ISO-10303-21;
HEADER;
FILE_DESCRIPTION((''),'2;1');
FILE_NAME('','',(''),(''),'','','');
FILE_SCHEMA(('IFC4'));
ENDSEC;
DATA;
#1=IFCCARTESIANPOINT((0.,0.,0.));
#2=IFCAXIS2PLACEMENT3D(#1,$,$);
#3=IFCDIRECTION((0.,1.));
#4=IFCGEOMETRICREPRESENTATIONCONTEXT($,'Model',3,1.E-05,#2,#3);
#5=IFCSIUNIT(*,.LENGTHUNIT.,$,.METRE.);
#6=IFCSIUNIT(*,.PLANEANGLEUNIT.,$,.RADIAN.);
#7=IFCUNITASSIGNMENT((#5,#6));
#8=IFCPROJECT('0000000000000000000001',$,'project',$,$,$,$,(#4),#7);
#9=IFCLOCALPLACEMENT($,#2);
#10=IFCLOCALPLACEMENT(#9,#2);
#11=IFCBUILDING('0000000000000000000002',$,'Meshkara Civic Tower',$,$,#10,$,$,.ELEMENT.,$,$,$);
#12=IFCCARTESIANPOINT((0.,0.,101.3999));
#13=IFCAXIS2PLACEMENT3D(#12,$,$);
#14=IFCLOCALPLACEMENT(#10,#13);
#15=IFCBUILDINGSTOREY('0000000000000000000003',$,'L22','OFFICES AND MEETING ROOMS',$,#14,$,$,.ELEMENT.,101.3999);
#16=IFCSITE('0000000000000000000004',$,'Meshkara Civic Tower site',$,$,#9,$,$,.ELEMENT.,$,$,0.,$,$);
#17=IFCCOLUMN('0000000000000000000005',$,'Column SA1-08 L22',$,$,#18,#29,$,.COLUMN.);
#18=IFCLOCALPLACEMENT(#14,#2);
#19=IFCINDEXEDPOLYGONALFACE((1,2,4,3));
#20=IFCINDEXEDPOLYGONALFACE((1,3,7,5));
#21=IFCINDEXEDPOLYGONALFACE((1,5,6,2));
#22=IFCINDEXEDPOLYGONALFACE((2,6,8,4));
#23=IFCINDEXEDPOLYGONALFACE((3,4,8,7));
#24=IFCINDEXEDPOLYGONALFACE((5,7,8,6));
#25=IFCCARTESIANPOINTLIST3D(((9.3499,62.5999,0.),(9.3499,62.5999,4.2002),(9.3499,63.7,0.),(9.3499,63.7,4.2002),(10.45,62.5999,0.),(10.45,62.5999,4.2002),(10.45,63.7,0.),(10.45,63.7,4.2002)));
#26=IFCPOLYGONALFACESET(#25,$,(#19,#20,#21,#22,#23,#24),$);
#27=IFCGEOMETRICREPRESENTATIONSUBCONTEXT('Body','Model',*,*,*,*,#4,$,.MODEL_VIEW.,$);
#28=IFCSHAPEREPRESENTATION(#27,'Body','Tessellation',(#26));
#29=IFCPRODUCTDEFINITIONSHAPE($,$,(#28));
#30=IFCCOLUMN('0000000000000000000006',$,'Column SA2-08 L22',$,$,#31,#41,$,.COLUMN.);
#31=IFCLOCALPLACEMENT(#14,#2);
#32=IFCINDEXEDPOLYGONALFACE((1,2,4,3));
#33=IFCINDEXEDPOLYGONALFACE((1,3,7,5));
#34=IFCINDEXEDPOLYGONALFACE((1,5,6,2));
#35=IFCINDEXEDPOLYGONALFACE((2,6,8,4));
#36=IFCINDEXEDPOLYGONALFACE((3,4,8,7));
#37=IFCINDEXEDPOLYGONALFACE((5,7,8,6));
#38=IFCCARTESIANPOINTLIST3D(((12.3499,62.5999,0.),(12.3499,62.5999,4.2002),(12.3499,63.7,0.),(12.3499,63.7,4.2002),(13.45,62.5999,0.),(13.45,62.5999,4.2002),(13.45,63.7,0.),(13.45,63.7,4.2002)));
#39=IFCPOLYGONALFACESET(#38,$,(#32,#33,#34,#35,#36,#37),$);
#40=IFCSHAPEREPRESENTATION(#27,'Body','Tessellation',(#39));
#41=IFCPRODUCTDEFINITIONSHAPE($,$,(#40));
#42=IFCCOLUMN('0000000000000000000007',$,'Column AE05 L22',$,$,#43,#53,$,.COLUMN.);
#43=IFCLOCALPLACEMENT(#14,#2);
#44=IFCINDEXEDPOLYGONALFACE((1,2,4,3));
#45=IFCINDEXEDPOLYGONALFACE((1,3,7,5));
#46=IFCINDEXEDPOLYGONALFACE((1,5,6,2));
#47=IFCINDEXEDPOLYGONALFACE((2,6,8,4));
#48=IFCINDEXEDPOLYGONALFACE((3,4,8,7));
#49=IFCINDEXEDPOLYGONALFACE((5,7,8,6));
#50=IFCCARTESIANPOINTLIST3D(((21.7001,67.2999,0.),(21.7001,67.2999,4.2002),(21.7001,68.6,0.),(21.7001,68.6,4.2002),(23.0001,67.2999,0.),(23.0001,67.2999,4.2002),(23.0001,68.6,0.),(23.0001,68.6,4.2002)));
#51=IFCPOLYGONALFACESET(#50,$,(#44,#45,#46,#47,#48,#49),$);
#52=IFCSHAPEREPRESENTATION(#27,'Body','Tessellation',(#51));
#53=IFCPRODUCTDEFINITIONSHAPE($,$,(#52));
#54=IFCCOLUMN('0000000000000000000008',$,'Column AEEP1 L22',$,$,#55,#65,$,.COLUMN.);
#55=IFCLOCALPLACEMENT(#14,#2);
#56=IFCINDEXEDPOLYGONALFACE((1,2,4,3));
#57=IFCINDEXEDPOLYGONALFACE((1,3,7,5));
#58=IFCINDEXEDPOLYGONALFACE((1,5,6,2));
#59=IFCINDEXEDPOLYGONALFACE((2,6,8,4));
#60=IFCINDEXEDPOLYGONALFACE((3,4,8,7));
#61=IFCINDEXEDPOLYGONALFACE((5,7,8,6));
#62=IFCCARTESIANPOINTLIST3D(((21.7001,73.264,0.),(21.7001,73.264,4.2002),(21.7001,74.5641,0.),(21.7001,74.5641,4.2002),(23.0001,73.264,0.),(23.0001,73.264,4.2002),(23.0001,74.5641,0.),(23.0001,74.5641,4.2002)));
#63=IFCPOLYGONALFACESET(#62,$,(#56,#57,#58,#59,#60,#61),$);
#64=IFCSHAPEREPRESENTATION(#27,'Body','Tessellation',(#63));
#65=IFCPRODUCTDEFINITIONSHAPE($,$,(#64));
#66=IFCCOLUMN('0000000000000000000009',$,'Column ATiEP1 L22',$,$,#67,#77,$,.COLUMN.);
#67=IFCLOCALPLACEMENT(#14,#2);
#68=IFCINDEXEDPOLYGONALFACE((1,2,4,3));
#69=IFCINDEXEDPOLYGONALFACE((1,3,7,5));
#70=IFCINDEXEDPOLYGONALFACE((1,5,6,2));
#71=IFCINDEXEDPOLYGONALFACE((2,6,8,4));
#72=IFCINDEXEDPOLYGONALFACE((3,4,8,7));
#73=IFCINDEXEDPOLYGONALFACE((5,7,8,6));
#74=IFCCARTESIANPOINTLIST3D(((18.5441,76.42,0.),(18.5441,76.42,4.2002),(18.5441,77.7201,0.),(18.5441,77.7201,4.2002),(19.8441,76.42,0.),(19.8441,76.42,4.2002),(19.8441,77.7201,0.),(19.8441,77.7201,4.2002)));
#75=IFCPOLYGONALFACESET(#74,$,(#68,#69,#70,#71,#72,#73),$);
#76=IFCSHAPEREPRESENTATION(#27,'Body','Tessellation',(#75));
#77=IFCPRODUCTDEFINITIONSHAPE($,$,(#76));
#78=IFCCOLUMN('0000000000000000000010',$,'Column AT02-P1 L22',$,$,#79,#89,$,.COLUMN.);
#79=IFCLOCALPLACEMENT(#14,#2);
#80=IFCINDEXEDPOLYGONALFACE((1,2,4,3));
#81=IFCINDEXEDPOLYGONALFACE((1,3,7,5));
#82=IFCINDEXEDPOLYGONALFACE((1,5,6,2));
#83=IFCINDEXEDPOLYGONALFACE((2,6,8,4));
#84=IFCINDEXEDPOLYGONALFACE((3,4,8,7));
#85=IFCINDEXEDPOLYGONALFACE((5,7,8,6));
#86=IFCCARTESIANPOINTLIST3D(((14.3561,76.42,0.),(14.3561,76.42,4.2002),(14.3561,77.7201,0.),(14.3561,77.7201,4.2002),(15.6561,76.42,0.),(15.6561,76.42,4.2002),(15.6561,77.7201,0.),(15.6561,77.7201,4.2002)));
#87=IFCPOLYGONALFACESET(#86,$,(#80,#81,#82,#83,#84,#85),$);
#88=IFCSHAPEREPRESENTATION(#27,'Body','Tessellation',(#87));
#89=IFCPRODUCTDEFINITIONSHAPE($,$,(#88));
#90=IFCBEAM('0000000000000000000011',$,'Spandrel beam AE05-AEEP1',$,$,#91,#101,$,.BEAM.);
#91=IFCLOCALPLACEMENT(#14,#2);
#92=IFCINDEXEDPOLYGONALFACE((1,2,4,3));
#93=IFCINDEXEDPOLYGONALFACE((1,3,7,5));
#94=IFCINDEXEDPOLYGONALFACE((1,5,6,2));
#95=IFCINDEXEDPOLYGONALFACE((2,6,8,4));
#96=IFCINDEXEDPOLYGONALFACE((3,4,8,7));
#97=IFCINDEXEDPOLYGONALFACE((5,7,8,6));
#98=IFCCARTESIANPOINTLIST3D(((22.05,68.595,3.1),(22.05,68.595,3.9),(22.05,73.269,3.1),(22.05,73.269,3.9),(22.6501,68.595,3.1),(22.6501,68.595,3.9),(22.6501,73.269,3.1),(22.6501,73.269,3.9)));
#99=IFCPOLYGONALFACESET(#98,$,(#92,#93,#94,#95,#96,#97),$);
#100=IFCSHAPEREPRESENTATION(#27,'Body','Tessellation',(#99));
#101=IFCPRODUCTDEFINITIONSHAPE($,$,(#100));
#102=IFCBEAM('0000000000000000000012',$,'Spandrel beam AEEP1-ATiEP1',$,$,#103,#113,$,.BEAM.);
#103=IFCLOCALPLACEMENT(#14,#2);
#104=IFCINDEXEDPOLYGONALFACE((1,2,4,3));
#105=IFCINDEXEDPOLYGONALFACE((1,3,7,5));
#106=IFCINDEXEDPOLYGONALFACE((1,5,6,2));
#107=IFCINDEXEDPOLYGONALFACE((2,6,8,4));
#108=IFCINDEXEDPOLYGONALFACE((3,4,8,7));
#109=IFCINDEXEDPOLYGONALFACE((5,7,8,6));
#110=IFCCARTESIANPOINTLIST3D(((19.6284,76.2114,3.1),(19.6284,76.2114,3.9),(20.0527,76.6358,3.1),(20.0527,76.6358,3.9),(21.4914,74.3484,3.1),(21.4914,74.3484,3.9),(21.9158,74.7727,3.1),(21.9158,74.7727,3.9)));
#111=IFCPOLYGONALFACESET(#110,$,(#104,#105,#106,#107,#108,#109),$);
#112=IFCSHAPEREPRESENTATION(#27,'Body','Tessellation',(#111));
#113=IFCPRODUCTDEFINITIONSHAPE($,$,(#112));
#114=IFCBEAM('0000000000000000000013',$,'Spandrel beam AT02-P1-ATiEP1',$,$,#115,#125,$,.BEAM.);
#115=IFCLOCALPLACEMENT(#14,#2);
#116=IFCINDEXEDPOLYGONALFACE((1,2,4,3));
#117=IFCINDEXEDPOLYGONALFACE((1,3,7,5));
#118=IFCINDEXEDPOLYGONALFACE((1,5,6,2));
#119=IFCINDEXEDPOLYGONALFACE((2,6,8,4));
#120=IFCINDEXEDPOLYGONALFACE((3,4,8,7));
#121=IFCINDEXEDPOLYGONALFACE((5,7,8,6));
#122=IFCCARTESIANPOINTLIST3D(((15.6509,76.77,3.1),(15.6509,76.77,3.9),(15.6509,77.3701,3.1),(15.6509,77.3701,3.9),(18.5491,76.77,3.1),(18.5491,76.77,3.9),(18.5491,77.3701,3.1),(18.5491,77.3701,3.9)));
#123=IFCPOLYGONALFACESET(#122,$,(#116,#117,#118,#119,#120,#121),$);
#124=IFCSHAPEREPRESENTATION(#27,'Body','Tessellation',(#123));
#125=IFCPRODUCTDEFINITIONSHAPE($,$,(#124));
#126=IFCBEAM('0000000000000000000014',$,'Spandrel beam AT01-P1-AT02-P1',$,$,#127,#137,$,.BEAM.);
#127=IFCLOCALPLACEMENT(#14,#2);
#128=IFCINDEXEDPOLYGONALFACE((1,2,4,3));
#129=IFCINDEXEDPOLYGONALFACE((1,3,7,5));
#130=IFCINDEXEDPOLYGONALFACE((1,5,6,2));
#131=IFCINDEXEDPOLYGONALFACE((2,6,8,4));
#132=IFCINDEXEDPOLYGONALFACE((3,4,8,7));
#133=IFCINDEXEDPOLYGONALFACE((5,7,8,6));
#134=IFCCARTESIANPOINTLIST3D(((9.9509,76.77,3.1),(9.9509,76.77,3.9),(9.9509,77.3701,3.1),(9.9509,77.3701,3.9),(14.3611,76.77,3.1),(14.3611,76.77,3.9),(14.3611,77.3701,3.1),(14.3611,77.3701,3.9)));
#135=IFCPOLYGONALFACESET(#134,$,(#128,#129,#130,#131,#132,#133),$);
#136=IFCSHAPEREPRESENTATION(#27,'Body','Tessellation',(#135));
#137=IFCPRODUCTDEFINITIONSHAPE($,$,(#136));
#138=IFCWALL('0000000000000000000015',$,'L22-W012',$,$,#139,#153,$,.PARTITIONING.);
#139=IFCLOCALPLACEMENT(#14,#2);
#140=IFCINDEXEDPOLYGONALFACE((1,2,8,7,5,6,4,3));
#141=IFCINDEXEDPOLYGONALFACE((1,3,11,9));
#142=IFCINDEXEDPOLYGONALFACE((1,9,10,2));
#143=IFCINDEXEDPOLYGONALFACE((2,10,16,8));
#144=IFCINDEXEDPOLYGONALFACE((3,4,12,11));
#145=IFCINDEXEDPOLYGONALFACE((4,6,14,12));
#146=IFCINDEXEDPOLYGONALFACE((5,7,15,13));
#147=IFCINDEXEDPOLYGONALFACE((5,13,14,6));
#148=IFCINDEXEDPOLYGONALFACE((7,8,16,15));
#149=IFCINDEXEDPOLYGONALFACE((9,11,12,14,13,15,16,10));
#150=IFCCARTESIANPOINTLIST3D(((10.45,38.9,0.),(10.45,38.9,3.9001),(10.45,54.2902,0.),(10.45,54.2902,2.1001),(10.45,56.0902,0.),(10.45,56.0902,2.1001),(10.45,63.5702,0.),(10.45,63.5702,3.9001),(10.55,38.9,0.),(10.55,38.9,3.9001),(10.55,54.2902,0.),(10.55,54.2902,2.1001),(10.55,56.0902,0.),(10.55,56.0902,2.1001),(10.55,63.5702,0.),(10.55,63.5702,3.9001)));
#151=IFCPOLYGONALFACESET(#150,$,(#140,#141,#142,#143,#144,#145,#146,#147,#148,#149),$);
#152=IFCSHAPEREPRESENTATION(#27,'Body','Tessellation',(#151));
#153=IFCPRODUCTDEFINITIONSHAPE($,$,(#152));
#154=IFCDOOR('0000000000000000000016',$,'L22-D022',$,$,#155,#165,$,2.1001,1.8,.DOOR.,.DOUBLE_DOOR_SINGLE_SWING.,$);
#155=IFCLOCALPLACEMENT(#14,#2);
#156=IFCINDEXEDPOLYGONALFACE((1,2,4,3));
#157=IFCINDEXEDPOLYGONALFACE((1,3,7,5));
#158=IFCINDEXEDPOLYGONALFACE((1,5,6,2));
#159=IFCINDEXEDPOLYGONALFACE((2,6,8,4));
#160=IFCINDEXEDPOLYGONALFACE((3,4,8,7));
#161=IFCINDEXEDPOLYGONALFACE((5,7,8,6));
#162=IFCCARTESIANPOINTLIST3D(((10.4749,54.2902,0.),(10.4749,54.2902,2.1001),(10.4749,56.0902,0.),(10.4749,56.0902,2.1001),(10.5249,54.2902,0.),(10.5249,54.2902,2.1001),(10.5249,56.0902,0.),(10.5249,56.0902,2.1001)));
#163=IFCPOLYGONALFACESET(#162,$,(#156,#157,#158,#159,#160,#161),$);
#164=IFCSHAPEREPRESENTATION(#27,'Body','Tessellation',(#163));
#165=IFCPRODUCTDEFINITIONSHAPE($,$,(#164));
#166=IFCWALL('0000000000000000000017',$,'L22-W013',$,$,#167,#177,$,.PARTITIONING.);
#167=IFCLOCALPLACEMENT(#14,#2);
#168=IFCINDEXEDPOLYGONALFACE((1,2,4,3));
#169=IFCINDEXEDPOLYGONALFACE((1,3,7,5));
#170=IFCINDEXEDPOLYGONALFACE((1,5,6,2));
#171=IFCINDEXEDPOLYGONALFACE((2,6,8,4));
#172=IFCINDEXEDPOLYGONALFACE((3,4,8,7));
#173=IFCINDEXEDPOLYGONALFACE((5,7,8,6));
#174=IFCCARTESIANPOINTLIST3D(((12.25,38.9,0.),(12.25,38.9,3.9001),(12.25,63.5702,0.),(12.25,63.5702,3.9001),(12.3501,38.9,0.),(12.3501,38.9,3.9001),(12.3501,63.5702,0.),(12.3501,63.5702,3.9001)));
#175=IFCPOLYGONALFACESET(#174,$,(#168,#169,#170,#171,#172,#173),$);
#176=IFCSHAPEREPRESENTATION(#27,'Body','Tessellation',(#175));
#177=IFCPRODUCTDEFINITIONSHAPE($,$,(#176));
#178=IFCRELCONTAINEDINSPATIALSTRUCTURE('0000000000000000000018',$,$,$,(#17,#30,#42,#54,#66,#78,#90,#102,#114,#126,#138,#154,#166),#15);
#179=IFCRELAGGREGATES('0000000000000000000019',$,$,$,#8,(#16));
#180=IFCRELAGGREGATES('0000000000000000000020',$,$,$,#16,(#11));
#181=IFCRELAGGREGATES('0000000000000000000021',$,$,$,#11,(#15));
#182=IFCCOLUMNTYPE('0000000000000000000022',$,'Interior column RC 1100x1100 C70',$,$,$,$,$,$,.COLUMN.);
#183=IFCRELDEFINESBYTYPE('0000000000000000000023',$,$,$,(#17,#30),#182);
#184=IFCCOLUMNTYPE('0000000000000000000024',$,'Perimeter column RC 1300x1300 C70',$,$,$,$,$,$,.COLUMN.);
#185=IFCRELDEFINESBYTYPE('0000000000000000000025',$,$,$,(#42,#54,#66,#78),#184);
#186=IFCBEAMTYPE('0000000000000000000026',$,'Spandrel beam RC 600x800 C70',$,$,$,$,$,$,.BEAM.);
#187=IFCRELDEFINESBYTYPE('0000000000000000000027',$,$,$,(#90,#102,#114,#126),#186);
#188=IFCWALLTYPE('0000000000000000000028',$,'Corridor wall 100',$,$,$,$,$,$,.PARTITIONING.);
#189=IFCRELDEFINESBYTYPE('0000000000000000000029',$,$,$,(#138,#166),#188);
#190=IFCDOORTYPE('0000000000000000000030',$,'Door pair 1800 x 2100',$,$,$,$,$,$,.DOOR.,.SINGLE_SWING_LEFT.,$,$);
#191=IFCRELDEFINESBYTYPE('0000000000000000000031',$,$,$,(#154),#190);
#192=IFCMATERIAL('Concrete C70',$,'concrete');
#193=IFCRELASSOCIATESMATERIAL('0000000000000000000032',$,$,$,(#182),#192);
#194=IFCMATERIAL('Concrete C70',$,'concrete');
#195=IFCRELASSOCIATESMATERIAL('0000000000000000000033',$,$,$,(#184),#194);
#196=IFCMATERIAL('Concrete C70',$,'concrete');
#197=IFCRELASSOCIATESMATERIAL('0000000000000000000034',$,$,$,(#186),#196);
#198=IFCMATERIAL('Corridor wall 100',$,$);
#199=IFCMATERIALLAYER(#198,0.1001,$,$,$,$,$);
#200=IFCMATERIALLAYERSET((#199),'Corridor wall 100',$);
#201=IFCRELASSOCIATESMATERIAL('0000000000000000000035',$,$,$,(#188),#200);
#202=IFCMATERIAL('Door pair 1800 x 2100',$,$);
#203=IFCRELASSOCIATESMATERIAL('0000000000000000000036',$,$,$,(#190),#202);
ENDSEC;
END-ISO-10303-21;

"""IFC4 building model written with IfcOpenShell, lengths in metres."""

from ifc_helpers import new_model, si_unit, direction, frame, frame_2d, origin, origin_2d, place, context, subcontext, project, spatial, rectangle, extrude, material, layer, layer_set, material_profile, profile_set, type_object, element, fill, save


model = new_model("IFC4")

# Units and contexts
model_context = context("Model", 3, precision=1e-05, world=origin(), true_north=direction((0.0, 1.0)))
body_context = subcontext(model_context, "Body", "Model", "MODEL_VIEW")
ifc_project = project(units=[si_unit("LENGTHUNIT", "METRE"), si_unit("PLANEANGLEUNIT", "RADIAN")], contexts=[model_context])

# Site, building, storey
site_placement = place(None, origin())
site = spatial("IfcSite", under=ifc_project, at=site_placement, Name="Meshkara Civic Tower site", CompositionType="ELEMENT", RefElevation=0.0)
building_placement = place(site_placement, origin())
building = spatial("IfcBuilding", under=site, at=building_placement, Name="Meshkara Civic Tower", CompositionType="ELEMENT")
storey_placement = place(building_placement, frame((0.0, 0.0, 101.3999)))
storey = spatial("IfcBuildingStorey", under=building, at=storey_placement, Name="L22", Description="OFFICES AND MEETING ROOMS", CompositionType="ELEMENT", Elevation=101.3999)

# Columns
ifc_material_1 = material(Name="Concrete C70", Category="concrete")
ifc_material_profile_1 = material_profile(ifc_material_1, rectangle(XDim=1.1001, YDim=1.1001, at=origin_2d()))
ifc_profile_set_1 = profile_set([ifc_material_profile_1], Name="Concrete C70")
column_type_1 = type_object("IfcColumnType", Name="Interior column RC 1100x1100 C70", PredefinedType="COLUMN", material=ifc_profile_set_1)
for number, where, z_axis, x_axis, name in (
    (1, (9.8999, 63.1499, 0.0), (0.0, 0.0, 1.0), (1.0, 0.0, 0.0), "Column SA1-08 L22"),
    (2, (12.8999, 63.1499, 0.0), (0.0, 0.0, 1.0), (1.0, 0.0, 0.0), "Column SA2-08 L22"),
):
    element("IfcColumn", number, at=place(storey_placement, frame(where, z_axis=z_axis, x_axis=x_axis)), inside=storey, type_object=column_type_1, Name=name, PredefinedType="COLUMN", context=body_context, shape_type="SweptSolid", body=[
        extrude(rectangle(XDim=1.1001, YDim=1.1001, at=origin_2d()), origin(), (0.0, 0.0, 1.0), 4.2002),
    ])
ifc_material_2 = material(Name="Concrete C70", Category="concrete")
ifc_material_profile_2 = material_profile(ifc_material_2, rectangle(XDim=1.3, YDim=1.3, at=origin_2d()))
ifc_profile_set_2 = profile_set([ifc_material_profile_2], Name="Concrete C70")
column_type_2 = type_object("IfcColumnType", Name="Perimeter column RC 1300x1300 C70", PredefinedType="COLUMN", material=ifc_profile_set_2)
for number, where, z_axis, x_axis, name in (
    (3, (22.3501, 67.95, 0.0), (0.0, 0.0, 1.0), (1.0, 0.0, 0.0), "Column AE05 L22"),
    (4, (22.3501, 73.9141, 0.0), (0.0, 0.0, 1.0), (1.0, 0.0, 0.0), "Column AEEP1 L22"),
    (5, (19.1941, 77.0701, 0.0), (0.0, 0.0, 1.0), (1.0, 0.0, 0.0), "Column ATiEP1 L22"),
    (6, (15.0061, 77.0701, 0.0), (0.0, 0.0, 1.0), (1.0, 0.0, 0.0), "Column AT02-P1 L22"),
):
    element("IfcColumn", number, at=place(storey_placement, frame(where, z_axis=z_axis, x_axis=x_axis)), inside=storey, type_object=column_type_2, Name=name, PredefinedType="COLUMN", context=body_context, shape_type="SweptSolid", body=[
        extrude(rectangle(XDim=1.3, YDim=1.3, at=origin_2d()), origin(), (0.0, 0.0, 1.0), 4.2002),
    ])

# Beams
ifc_material_3 = material(Name="Concrete C70", Category="concrete")
ifc_material_profile_3 = material_profile(ifc_material_3, rectangle(XDim=0.6001, YDim=0.8, at=origin_2d()))
ifc_profile_set_3 = profile_set([ifc_material_profile_3], Name="Concrete C70")
beam_type = type_object("IfcBeamType", Name="Spandrel beam RC 600x800 C70", PredefinedType="BEAM", material=ifc_profile_set_3)
beam_1_placement = place(storey_placement, frame((22.3501, 68.595, 3.5), z_axis=(0.0, 1.0, 0.0), x_axis=(-1.0, 0.0, 0.0)))
element("IfcBeam", 7, at=beam_1_placement, inside=storey, type_object=beam_type, Name="Spandrel beam AE05-AEEP1", PredefinedType="BEAM", context=body_context, shape_type="SweptSolid", body=[
    extrude(rectangle(XDim=0.6001, YDim=0.8, at=origin_2d()), origin(), (0.0, 0.0, 1.0), 4.6741),
])
beam_2_placement = place(storey_placement, frame((21.7036, 74.5605, 3.5), z_axis=(-0.707107, 0.707107, 0.0), x_axis=(-0.707107, -0.707107, 0.0)))
element("IfcBeam", 8, at=beam_2_placement, inside=storey, type_object=beam_type, Name="Spandrel beam AEEP1-ATiEP1", PredefinedType="BEAM", context=body_context, shape_type="SweptSolid", body=[
    extrude(rectangle(XDim=0.6001, YDim=0.8, at=origin_2d()), origin(), (0.0, 0.0, 1.0), 2.6348),
])
beam_3_placement = place(storey_placement, frame((18.5491, 77.0701, 3.5), z_axis=(-1.0, 0.0, 0.0), x_axis=(0.0, -1.0, 0.0)))
element("IfcBeam", 9, at=beam_3_placement, inside=storey, type_object=beam_type, Name="Spandrel beam AT02-P1-ATiEP1", PredefinedType="BEAM", context=body_context, shape_type="SweptSolid", body=[
    extrude(rectangle(XDim=0.6001, YDim=0.8, at=origin_2d()), origin(), (0.0, 0.0, 1.0), 2.8982),
])
beam_4_placement = place(storey_placement, frame((14.3611, 77.0701, 3.5), z_axis=(-1.0, 0.0, 0.0), x_axis=(0.0, -1.0, 0.0)))
element("IfcBeam", 10, at=beam_4_placement, inside=storey, type_object=beam_type, Name="Spandrel beam AT01-P1-AT02-P1", PredefinedType="BEAM", context=body_context, shape_type="SweptSolid", body=[
    extrude(rectangle(XDim=0.6001, YDim=0.8, at=origin_2d()), origin(), (0.0, 0.0, 1.0), 4.4102),
])

# Wall, opening, door
ifc_material_4 = material(Name="Corridor wall 100")
ifc_layer_1 = layer(ifc_material_4, 0.1001)
ifc_layer_set_1 = layer_set([ifc_layer_1], Name="Corridor wall 100")
wall_type_1 = type_object("IfcWallType", Name="Corridor wall 100", PredefinedType="PARTITIONING", material=ifc_layer_set_1)
wall_1_placement = place(storey_placement, frame((10.5, 63.5701, 0.0), z_axis=(0.0, 0.0, 1.0), x_axis=(0.0, -1.0, 0.0)))
wall_1 = element("IfcWall", 11, at=wall_1_placement, inside=storey, type_object=wall_type_1, Name="L22-W012", PredefinedType="PARTITIONING", context=body_context, shape_type="SweptSolid", body=[
    extrude(rectangle(XDim=24.6702, YDim=0.1001, at=frame_2d((12.335, 0.0))), origin(), (0.0, 0.0, 1.0), 3.9001),
])
opening_1_placement = place(wall_1_placement, frame((7.48, 0.0, 0.0)))
opening_1 = element("IfcOpeningElement", 12, at=opening_1_placement, cuts=wall_1, PredefinedType="OPENING", context=body_context, shape_type="SweptSolid", body=[
    extrude(rectangle(XDim=1.8, YDim=2.1001, at=frame_2d((0.8999, 1.05))), frame((0.0, 0.0601, 0.0), z_axis=(0.0, -1.0, 0.0), x_axis=(1.0, 0.0, 0.0)), (0.0, 0.0, 1.0), 0.1201),
])
ifc_material_5 = material(Name="Door pair 1800 x 2100")
door_type_1 = type_object("IfcDoorType", Name="Door pair 1800 x 2100", OperationType="SINGLE_SWING_LEFT", PredefinedType="DOOR", material=ifc_material_5)
door_1_placement = place(opening_1_placement, origin())
door_1 = element("IfcDoor", 13, at=door_1_placement, inside=storey, type_object=door_type_1, Name="L22-D022", OperationType="DOUBLE_DOOR_SINGLE_SWING", OverallHeight=2.1001, OverallWidth=1.8, PredefinedType="DOOR", context=body_context, shape_type="SweptSolid", body=[
    extrude(rectangle(XDim=1.8, YDim=2.1001, at=frame_2d((0.8999, 1.05))), frame((0.0, 0.0249, 0.0), z_axis=(0.0, -1.0, 0.0), x_axis=(1.0, 0.0, 0.0)), (0.0, 0.0, 1.0), 0.05),
])
fill(opening_1, door_1)

# Wall
wall_2_placement = place(storey_placement, frame((12.3, 63.5701, 0.0), z_axis=(0.0, 0.0, 1.0), x_axis=(0.0, -1.0, 0.0)))
element("IfcWall", 14, at=wall_2_placement, inside=storey, type_object=wall_type_1, Name="L22-W013", PredefinedType="PARTITIONING", context=body_context, shape_type="SweptSolid", body=[
    extrude(rectangle(XDim=24.6702, YDim=0.1001, at=frame_2d((12.335, 0.0))), origin(), (0.0, 0.0, 1.0), 3.9001),
])

save(model, "model.ifc")
